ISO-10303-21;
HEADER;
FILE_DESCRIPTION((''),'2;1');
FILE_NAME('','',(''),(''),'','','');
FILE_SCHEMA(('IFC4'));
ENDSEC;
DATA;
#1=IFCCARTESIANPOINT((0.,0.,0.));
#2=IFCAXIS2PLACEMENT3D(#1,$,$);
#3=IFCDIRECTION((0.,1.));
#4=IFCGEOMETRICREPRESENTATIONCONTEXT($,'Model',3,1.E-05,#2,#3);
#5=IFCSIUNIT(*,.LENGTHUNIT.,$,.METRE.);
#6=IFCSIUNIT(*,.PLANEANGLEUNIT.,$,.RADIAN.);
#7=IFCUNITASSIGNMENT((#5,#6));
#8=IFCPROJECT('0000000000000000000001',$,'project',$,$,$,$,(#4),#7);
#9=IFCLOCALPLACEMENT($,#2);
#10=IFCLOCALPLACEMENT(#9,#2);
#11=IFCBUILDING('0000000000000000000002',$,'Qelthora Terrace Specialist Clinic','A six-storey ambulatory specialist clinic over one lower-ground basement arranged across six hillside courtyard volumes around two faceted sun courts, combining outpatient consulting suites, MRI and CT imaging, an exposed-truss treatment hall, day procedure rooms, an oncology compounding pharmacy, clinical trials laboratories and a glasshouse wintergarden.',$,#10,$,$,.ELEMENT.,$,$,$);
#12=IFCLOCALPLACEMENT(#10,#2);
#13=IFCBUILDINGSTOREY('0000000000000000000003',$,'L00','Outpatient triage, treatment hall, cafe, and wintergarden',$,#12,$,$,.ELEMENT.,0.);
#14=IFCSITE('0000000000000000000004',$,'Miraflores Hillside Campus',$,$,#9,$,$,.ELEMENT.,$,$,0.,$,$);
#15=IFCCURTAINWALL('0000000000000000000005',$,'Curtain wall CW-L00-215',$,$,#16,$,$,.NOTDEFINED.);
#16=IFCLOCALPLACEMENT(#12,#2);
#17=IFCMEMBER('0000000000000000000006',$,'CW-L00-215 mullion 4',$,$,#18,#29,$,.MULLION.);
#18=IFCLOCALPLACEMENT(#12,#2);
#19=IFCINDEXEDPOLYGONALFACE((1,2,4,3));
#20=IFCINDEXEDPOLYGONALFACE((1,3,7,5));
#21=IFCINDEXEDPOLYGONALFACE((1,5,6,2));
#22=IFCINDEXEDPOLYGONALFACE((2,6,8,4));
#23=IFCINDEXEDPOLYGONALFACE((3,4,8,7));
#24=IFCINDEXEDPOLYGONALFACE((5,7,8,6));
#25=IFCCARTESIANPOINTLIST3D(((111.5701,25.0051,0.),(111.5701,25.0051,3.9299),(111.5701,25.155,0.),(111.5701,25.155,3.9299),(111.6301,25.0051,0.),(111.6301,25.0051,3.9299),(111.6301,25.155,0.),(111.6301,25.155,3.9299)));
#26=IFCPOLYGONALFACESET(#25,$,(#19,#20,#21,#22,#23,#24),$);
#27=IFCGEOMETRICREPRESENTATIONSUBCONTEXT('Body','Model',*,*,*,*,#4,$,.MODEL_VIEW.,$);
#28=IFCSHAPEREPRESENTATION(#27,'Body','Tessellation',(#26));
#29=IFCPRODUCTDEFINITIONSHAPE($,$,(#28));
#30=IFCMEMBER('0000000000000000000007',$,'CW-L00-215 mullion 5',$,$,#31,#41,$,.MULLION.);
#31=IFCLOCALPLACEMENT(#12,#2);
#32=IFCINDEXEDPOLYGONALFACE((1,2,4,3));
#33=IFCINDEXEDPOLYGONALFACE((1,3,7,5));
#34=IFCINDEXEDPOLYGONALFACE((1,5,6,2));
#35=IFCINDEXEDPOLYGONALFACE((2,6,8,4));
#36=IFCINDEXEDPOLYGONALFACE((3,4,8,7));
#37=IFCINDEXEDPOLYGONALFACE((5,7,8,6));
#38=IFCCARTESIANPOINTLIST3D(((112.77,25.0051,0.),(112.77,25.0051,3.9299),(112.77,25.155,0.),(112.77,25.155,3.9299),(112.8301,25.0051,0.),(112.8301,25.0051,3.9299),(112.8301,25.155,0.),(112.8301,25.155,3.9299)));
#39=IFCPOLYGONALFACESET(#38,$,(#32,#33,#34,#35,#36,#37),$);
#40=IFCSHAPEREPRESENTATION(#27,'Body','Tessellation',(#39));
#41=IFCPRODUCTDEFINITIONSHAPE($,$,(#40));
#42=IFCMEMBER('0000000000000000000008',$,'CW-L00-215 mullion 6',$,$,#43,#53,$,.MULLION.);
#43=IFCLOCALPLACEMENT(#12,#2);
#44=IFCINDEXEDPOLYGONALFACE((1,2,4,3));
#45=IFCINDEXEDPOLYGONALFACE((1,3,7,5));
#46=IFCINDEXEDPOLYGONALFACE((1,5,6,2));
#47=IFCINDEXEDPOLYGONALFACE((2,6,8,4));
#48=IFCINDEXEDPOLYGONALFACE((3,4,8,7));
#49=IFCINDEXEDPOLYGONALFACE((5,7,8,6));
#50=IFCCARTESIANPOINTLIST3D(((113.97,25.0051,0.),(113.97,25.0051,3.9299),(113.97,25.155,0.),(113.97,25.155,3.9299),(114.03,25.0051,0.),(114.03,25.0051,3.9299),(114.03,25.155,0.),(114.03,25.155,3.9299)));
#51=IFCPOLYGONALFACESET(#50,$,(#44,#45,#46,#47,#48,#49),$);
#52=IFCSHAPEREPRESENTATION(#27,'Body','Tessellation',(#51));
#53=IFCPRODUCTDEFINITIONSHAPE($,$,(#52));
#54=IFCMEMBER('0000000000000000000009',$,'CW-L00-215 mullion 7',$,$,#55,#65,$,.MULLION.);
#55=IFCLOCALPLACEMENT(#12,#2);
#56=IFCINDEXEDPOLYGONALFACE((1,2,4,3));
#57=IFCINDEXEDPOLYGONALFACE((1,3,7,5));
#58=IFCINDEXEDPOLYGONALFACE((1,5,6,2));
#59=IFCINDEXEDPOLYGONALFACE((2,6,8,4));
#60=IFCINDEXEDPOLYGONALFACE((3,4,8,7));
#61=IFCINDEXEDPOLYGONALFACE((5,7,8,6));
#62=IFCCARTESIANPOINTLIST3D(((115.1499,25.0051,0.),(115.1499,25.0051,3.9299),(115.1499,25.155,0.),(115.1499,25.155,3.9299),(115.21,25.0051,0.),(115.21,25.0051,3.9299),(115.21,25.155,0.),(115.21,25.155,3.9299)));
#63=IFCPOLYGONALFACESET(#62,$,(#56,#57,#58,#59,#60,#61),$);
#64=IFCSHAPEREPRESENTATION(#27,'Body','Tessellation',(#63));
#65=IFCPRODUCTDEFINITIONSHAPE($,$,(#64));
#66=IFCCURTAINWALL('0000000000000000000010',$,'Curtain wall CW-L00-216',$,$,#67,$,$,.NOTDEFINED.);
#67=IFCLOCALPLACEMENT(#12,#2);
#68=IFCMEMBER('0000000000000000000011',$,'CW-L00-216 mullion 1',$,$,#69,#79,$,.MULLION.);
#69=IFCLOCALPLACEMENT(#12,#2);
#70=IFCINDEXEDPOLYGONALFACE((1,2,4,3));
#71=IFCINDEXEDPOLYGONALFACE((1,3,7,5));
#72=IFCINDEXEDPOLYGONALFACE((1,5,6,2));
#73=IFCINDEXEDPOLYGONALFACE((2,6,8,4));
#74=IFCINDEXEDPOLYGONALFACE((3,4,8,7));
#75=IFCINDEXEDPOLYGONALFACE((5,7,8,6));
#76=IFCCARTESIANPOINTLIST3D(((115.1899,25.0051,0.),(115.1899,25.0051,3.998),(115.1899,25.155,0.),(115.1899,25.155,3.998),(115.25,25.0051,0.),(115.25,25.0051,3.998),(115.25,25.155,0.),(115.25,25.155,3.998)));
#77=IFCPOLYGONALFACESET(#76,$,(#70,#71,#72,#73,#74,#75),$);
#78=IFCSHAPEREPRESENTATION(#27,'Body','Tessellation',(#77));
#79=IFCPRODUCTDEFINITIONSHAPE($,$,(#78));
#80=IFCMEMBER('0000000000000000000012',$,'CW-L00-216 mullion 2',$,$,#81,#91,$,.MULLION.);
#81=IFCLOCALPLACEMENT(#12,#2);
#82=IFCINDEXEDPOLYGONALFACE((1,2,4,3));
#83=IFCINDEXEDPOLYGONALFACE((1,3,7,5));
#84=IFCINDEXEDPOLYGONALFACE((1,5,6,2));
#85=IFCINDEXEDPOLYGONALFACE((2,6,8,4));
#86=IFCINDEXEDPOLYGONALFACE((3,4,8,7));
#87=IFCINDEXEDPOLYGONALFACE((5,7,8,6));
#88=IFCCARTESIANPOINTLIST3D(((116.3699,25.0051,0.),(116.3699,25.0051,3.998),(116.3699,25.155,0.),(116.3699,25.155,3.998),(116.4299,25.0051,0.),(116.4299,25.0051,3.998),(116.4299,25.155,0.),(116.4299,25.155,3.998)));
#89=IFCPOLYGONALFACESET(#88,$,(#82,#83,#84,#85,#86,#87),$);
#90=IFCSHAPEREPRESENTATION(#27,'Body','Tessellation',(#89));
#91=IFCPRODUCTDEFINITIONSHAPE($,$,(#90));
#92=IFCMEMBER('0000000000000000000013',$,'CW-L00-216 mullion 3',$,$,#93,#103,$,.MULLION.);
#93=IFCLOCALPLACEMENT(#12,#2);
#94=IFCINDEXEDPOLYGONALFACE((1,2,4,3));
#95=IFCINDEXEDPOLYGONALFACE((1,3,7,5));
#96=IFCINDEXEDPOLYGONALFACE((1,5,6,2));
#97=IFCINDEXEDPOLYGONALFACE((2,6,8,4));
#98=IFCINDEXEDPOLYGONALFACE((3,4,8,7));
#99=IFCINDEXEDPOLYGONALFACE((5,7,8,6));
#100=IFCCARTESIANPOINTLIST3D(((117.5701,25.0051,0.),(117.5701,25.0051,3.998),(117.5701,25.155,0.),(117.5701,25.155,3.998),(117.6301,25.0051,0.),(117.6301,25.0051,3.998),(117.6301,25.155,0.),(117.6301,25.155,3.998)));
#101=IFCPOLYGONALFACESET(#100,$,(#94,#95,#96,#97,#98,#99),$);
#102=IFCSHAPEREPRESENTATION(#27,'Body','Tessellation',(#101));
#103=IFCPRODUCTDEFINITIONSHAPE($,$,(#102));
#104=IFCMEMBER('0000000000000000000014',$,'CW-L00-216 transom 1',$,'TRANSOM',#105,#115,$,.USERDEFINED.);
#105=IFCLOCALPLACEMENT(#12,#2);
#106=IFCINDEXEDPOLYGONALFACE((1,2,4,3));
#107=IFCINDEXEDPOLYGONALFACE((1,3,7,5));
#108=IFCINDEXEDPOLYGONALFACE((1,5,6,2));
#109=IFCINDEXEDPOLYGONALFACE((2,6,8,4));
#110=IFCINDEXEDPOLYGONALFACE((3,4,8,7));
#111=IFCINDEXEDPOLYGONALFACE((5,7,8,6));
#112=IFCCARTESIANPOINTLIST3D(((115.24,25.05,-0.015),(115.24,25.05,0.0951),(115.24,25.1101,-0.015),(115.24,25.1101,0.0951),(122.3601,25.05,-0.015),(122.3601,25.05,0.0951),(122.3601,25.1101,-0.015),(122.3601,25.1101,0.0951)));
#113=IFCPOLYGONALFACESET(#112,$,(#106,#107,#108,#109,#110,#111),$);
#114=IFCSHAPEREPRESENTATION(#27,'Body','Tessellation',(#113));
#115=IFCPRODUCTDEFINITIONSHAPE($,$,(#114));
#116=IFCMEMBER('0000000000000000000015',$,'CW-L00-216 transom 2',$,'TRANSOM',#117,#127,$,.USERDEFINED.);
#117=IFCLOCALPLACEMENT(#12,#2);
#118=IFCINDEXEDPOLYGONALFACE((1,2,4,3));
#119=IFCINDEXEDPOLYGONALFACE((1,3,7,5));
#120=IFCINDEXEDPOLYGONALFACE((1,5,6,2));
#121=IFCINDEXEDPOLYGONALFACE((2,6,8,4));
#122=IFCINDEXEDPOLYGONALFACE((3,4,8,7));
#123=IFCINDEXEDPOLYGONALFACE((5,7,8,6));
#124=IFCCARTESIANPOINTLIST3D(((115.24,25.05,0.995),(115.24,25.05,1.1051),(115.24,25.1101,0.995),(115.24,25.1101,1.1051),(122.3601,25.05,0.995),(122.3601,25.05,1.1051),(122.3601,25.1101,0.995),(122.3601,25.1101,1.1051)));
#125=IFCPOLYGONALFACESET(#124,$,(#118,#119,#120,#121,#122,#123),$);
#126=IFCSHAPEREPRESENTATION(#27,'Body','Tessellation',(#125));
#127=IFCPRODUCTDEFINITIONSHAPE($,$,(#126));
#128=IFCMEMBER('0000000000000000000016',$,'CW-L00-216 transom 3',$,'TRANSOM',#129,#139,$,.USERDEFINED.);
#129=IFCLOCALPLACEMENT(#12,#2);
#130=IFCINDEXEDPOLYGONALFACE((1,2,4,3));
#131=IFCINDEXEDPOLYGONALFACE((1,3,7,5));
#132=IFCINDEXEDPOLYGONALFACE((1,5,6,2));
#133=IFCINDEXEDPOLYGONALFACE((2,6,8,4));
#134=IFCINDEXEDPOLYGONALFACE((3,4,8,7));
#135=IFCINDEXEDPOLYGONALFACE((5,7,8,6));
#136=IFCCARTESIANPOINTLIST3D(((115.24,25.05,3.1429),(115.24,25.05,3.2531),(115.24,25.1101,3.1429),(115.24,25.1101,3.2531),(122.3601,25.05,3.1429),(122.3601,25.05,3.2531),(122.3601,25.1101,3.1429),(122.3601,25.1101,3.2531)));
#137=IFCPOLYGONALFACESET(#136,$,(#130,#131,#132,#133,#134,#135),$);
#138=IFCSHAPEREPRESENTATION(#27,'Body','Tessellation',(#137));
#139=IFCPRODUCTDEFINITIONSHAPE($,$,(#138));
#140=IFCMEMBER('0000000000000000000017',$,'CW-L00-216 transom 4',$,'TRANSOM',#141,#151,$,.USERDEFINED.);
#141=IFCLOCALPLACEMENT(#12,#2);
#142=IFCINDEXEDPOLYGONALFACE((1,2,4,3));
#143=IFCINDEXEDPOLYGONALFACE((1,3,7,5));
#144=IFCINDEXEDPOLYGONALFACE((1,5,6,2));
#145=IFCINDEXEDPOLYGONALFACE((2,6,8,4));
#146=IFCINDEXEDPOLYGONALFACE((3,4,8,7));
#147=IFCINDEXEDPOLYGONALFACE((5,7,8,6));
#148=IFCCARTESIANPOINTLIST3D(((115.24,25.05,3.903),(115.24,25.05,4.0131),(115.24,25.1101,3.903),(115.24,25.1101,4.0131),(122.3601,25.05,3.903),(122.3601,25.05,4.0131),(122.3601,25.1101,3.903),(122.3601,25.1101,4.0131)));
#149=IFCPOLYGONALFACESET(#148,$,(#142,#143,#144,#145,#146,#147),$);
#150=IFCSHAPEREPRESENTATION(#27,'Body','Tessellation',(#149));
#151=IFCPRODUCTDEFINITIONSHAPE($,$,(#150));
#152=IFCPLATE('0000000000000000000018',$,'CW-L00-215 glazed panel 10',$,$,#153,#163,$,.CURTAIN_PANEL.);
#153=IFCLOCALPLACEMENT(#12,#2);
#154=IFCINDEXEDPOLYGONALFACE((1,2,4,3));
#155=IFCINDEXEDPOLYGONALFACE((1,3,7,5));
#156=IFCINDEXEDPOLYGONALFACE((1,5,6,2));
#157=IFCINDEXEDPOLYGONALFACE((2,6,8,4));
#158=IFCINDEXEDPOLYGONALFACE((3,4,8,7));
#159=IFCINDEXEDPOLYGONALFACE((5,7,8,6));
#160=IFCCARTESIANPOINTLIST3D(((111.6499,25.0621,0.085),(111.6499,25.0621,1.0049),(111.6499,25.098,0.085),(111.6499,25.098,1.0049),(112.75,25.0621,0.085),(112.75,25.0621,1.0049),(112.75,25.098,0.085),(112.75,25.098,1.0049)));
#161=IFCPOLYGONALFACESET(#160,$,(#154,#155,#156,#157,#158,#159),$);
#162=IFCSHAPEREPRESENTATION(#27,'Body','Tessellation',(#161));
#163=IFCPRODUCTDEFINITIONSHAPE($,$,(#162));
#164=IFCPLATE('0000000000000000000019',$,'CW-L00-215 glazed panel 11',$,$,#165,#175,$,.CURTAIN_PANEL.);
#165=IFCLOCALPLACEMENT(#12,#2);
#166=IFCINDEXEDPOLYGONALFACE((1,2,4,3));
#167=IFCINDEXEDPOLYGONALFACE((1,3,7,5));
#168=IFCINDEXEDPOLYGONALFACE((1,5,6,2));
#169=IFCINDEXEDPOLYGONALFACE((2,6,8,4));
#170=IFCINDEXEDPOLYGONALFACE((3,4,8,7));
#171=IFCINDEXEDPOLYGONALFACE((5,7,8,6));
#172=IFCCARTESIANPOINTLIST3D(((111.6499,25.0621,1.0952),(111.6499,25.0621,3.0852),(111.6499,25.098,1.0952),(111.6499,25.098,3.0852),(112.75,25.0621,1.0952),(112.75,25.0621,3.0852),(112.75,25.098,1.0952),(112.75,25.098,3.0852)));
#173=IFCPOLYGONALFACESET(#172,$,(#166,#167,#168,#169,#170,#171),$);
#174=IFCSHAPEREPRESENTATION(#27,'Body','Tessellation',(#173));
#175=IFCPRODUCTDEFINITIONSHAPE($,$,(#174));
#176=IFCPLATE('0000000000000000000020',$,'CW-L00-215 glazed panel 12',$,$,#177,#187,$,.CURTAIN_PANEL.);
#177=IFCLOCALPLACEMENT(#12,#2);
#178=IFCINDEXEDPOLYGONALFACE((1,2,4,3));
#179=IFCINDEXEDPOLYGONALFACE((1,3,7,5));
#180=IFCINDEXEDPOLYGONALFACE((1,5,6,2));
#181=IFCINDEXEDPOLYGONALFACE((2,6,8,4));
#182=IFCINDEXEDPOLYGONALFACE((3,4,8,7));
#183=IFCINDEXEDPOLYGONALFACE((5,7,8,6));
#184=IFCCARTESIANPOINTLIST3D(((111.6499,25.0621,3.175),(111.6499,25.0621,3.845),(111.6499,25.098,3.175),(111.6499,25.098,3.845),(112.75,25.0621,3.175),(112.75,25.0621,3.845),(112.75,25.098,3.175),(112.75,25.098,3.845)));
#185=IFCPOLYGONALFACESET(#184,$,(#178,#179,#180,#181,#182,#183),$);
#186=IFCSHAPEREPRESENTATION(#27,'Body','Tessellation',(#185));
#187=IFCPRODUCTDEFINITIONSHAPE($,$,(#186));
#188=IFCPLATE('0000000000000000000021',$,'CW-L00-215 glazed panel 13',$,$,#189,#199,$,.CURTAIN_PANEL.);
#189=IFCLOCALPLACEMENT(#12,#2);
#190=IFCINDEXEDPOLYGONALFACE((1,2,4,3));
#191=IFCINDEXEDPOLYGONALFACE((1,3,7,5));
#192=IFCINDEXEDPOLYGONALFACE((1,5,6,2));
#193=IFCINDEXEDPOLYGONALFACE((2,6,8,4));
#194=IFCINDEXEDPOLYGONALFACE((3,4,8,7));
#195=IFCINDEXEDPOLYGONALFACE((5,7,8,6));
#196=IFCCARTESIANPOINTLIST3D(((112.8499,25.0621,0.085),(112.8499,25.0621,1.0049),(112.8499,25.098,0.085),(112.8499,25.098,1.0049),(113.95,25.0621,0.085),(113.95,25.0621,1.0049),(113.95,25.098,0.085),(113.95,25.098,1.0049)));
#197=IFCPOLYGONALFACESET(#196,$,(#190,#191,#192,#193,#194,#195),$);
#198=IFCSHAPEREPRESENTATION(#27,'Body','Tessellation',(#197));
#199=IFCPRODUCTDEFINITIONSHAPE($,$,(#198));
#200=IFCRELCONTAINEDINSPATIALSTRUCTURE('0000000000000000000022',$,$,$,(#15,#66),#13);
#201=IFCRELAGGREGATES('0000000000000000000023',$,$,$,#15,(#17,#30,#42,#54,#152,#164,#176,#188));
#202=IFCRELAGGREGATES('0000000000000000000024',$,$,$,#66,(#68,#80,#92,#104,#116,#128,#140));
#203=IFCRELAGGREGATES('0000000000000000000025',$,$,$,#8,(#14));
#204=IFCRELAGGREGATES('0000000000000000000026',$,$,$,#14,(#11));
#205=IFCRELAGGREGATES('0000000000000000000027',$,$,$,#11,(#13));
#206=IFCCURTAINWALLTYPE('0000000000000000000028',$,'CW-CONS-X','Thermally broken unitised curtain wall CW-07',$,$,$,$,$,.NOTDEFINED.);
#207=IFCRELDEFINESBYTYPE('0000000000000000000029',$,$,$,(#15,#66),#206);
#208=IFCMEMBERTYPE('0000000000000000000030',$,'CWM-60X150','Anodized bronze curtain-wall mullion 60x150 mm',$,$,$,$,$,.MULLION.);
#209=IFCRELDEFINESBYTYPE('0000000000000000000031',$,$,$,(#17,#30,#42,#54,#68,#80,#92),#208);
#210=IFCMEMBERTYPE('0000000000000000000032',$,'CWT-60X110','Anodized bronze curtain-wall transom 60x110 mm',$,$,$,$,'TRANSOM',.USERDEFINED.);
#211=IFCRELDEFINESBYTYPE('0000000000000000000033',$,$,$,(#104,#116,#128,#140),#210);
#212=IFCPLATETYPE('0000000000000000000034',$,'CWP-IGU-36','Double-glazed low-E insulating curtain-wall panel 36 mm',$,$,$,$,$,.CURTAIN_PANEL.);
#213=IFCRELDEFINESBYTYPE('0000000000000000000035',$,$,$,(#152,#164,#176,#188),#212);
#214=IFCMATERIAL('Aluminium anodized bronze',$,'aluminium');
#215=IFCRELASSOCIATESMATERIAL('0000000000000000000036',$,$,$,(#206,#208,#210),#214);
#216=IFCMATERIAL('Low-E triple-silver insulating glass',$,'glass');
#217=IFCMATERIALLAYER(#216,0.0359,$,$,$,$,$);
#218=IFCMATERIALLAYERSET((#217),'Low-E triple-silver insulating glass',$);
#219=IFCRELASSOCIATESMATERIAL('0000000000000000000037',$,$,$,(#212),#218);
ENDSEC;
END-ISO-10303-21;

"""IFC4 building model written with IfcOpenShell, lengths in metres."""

from ifc_helpers import new_model, si_unit, direction, frame, origin, origin_2d, place, context, subcontext, project, spatial, rectangle, extrude, material, layer, layer_set, material_profile, profile_set, type_object, element, aggregate, save


model = new_model("IFC4")

# Units and contexts
model_context = context("Model", 3, precision=1e-05, world=origin(), true_north=direction((0.0, 1.0)))
body_context = subcontext(model_context, "Body", "Model", "MODEL_VIEW")
ifc_project = project(units=[si_unit("LENGTHUNIT", "METRE"), si_unit("PLANEANGLEUNIT", "RADIAN")], contexts=[model_context])

# Site, building, storey
site_placement = place(None, origin())
site = spatial("IfcSite", under=ifc_project, at=site_placement, Name="Miraflores Hillside Campus", CompositionType="ELEMENT", RefElevation=0.0)
building_placement = place(site_placement, origin())
building = spatial("IfcBuilding", under=site, at=building_placement, Name="Qelthora Terrace Specialist Clinic", Description="A six-storey ambulatory specialist clinic over one lower-ground basement arranged across six hillside courtyard volumes around two faceted sun courts, combining outpatient consulting suites, MRI and CT imaging, an exposed-truss treatment hall, day procedure rooms, an oncology compounding pharmacy, clinical trials laboratories and a glasshouse wintergarden.", CompositionType="ELEMENT")
storey_placement = place(building_placement, origin())
storey = spatial("IfcBuildingStorey", under=building, at=storey_placement, Name="L00", Description="Outpatient triage, treatment hall, cafe, and wintergarden", CompositionType="ELEMENT", Elevation=0.0)

# Curtain walls, members
ifc_material_1 = material(Name="Aluminium anodized bronze", Category="aluminium")
curtain_wall_type = type_object("IfcCurtainWallType", Name="CW-CONS-X", Description="Thermally broken unitised curtain wall CW-07", PredefinedType="NOTDEFINED", material=ifc_material_1)
curtain_wall_1_placement = place(storey_placement, origin())
curtain_wall_1 = element("IfcCurtainWall", 1, at=curtain_wall_1_placement, inside=storey, type_object=curtain_wall_type, Name="Curtain wall CW-L00-215", PredefinedType="NOTDEFINED")
ifc_material_profile_1 = material_profile(ifc_material_1, rectangle(XDim=0.0601, YDim=0.1499, at=origin_2d()), Name="CWM60X150")
ifc_profile_set_1 = profile_set([ifc_material_profile_1], Name="Aluminium anodized bronze")
member_type_1 = type_object("IfcMemberType", Name="CWM-60X150", Description="Anodized bronze curtain-wall mullion 60x150 mm", PredefinedType="MULLION", material=ifc_profile_set_1)
member_1_placement = place(storey_placement, frame((111.6001, 25.0801, 0.0), z_axis=(0.0, 0.0, 1.0), x_axis=(1.0, 0.0, 0.0)))
member_1 = element("IfcMember", 2, at=member_1_placement, type_object=member_type_1, Name="CW-L00-215 mullion 4", PredefinedType="MULLION", context=body_context, shape_type="SweptSolid", body=[
    extrude(rectangle(XDim=0.0601, YDim=0.1499, at=origin_2d()), origin(), (0.0, 0.0, 1.0), 3.9299),
])
member_2_placement = place(storey_placement, frame((112.8, 25.0801, 0.0), z_axis=(0.0, 0.0, 1.0), x_axis=(1.0, 0.0, 0.0)))
member_2 = element("IfcMember", 3, at=member_2_placement, type_object=member_type_1, Name="CW-L00-215 mullion 5", PredefinedType="MULLION", context=body_context, shape_type="SweptSolid", body=[
    extrude(rectangle(XDim=0.0601, YDim=0.1499, at=origin_2d()), origin(), (0.0, 0.0, 1.0), 3.9299),
])
member_3_placement = place(storey_placement, frame((114.0, 25.0801, 0.0), z_axis=(0.0, 0.0, 1.0), x_axis=(1.0, 0.0, 0.0)))
member_3 = element("IfcMember", 4, at=member_3_placement, type_object=member_type_1, Name="CW-L00-215 mullion 6", PredefinedType="MULLION", context=body_context, shape_type="SweptSolid", body=[
    extrude(rectangle(XDim=0.0601, YDim=0.1499, at=origin_2d()), origin(), (0.0, 0.0, 1.0), 3.9299),
])
member_4_placement = place(storey_placement, frame((115.1799, 25.0801, 0.0), z_axis=(0.0, 0.0, 1.0), x_axis=(1.0, 0.0, 0.0)))
member_4 = element("IfcMember", 5, at=member_4_placement, type_object=member_type_1, Name="CW-L00-215 mullion 7", PredefinedType="MULLION", context=body_context, shape_type="SweptSolid", body=[
    extrude(rectangle(XDim=0.0601, YDim=0.1499, at=origin_2d()), origin(), (0.0, 0.0, 1.0), 3.9299),
])
curtain_wall_2_placement = place(storey_placement, origin())
curtain_wall_2 = element("IfcCurtainWall", 6, at=curtain_wall_2_placement, inside=storey, type_object=curtain_wall_type, Name="Curtain wall CW-L00-216", PredefinedType="NOTDEFINED")
member_5_placement = place(storey_placement, frame((115.22, 25.0801, 0.0), z_axis=(0.0, 0.0, 1.0), x_axis=(1.0, 0.0, 0.0)))
member_5 = element("IfcMember", 7, at=member_5_placement, type_object=member_type_1, Name="CW-L00-216 mullion 1", PredefinedType="MULLION", context=body_context, shape_type="SweptSolid", body=[
    extrude(rectangle(XDim=0.0601, YDim=0.1499, at=origin_2d()), origin(), (0.0, 0.0, 1.0), 3.998),
])
member_6_placement = place(storey_placement, frame((116.3999, 25.0801, 0.0), z_axis=(0.0, 0.0, 1.0), x_axis=(1.0, 0.0, 0.0)))
member_6 = element("IfcMember", 8, at=member_6_placement, type_object=member_type_1, Name="CW-L00-216 mullion 2", PredefinedType="MULLION", context=body_context, shape_type="SweptSolid", body=[
    extrude(rectangle(XDim=0.0601, YDim=0.1499, at=origin_2d()), origin(), (0.0, 0.0, 1.0), 3.998),
])
member_7_placement = place(storey_placement, frame((117.6001, 25.0801, 0.0), z_axis=(0.0, 0.0, 1.0), x_axis=(1.0, 0.0, 0.0)))
member_7 = element("IfcMember", 9, at=member_7_placement, type_object=member_type_1, Name="CW-L00-216 mullion 3", PredefinedType="MULLION", context=body_context, shape_type="SweptSolid", body=[
    extrude(rectangle(XDim=0.0601, YDim=0.1499, at=origin_2d()), origin(), (0.0, 0.0, 1.0), 3.998),
])
ifc_material_profile_2 = material_profile(ifc_material_1, rectangle(XDim=0.0601, YDim=0.1101, at=origin_2d()), Name="CWT60X110")
ifc_profile_set_2 = profile_set([ifc_material_profile_2], Name="Aluminium anodized bronze")
member_type_2 = type_object("IfcMemberType", Name="CWT-60X110", Description="Anodized bronze curtain-wall transom 60x110 mm", ElementType="TRANSOM", PredefinedType="USERDEFINED", material=ifc_profile_set_2)
member_8_placement = place(storey_placement, frame((115.24, 25.0801, 0.04), z_axis=(1.0, 0.0, 0.0), x_axis=(0.0, 1.0, 0.0)))
member_8 = element("IfcMember", 10, at=member_8_placement, type_object=member_type_2, Name="CW-L00-216 transom 1", ObjectType="TRANSOM", PredefinedType="USERDEFINED", context=body_context, shape_type="SweptSolid", body=[
    extrude(rectangle(XDim=0.0601, YDim=0.1101, at=origin_2d()), origin(), (0.0, 0.0, 1.0), 7.1201),
])
member_9_placement = place(storey_placement, frame((115.24, 25.0801, 1.05), z_axis=(1.0, 0.0, 0.0), x_axis=(0.0, 1.0, 0.0)))
member_9 = element("IfcMember", 11, at=member_9_placement, type_object=member_type_2, Name="CW-L00-216 transom 2", ObjectType="TRANSOM", PredefinedType="USERDEFINED", context=body_context, shape_type="SweptSolid", body=[
    extrude(rectangle(XDim=0.0601, YDim=0.1101, at=origin_2d()), origin(), (0.0, 0.0, 1.0), 7.1201),
])
member_10_placement = place(storey_placement, frame((115.24, 25.0801, 3.198), z_axis=(1.0, 0.0, 0.0), x_axis=(0.0, 1.0, 0.0)))
member_10 = element("IfcMember", 12, at=member_10_placement, type_object=member_type_2, Name="CW-L00-216 transom 3", ObjectType="TRANSOM", PredefinedType="USERDEFINED", context=body_context, shape_type="SweptSolid", body=[
    extrude(rectangle(XDim=0.0601, YDim=0.1101, at=origin_2d()), origin(), (0.0, 0.0, 1.0), 7.1201),
])
member_11_placement = place(storey_placement, frame((115.24, 25.0801, 3.958), z_axis=(1.0, 0.0, 0.0), x_axis=(0.0, 1.0, 0.0)))
member_11 = element("IfcMember", 13, at=member_11_placement, type_object=member_type_2, Name="CW-L00-216 transom 4", ObjectType="TRANSOM", PredefinedType="USERDEFINED", context=body_context, shape_type="SweptSolid", body=[
    extrude(rectangle(XDim=0.0601, YDim=0.1101, at=origin_2d()), origin(), (0.0, 0.0, 1.0), 7.1201),
])

# Plates
ifc_material_2 = material(Name="Low-E triple-silver insulating glass", Category="glass")
ifc_layer_1 = layer(ifc_material_2, 0.0359)
ifc_layer_set_1 = layer_set([ifc_layer_1], Name="Low-E triple-silver insulating glass")
plate_type = type_object("IfcPlateType", Name="CWP-IGU-36", Description="Double-glazed low-E insulating curtain-wall panel 36 mm", PredefinedType="CURTAIN_PANEL", material=ifc_layer_set_1)
plate_1_placement = place(storey_placement, frame((112.2, 25.0801, 0.085), z_axis=(0.0, 0.0, 1.0), x_axis=(1.0, 0.0, 0.0)))
plate_1 = element("IfcPlate", 14, at=plate_1_placement, type_object=plate_type, Name="CW-L00-215 glazed panel 10", PredefinedType="CURTAIN_PANEL", context=body_context, shape_type="SweptSolid", body=[
    extrude(rectangle(XDim=1.1001, YDim=0.0359, at=origin_2d()), origin(), (0.0, 0.0, 1.0), 0.9199),
])
plate_2_placement = place(storey_placement, frame((112.2, 25.0801, 1.0952), z_axis=(0.0, 0.0, 1.0), x_axis=(1.0, 0.0, 0.0)))
plate_2 = element("IfcPlate", 15, at=plate_2_placement, type_object=plate_type, Name="CW-L00-215 glazed panel 11", PredefinedType="CURTAIN_PANEL", context=body_context, shape_type="SweptSolid", body=[
    extrude(rectangle(XDim=1.1001, YDim=0.0359, at=origin_2d()), origin(), (0.0, 0.0, 1.0), 1.99),
])
plate_3_placement = place(storey_placement, frame((112.2, 25.0801, 3.175), z_axis=(0.0, 0.0, 1.0), x_axis=(1.0, 0.0, 0.0)))
plate_3 = element("IfcPlate", 16, at=plate_3_placement, type_object=plate_type, Name="CW-L00-215 glazed panel 12", PredefinedType="CURTAIN_PANEL", context=body_context, shape_type="SweptSolid", body=[
    extrude(rectangle(XDim=1.1001, YDim=0.0359, at=origin_2d()), origin(), (0.0, 0.0, 1.0), 0.6699),
])
plate_4_placement = place(storey_placement, frame((113.3999, 25.0801, 0.085), z_axis=(0.0, 0.0, 1.0), x_axis=(1.0, 0.0, 0.0)))
plate_4 = element("IfcPlate", 17, at=plate_4_placement, type_object=plate_type, Name="CW-L00-215 glazed panel 13", PredefinedType="CURTAIN_PANEL", context=body_context, shape_type="SweptSolid", body=[
    extrude(rectangle(XDim=1.1001, YDim=0.0359, at=origin_2d()), origin(), (0.0, 0.0, 1.0), 0.9199),
])
aggregate(curtain_wall_1, [member_1, member_2, member_3, member_4, plate_1, plate_2, plate_3, plate_4])
aggregate(curtain_wall_2, [member_5, member_6, member_7, member_8, member_9, member_10, member_11])

save(model, "model.ifc")
